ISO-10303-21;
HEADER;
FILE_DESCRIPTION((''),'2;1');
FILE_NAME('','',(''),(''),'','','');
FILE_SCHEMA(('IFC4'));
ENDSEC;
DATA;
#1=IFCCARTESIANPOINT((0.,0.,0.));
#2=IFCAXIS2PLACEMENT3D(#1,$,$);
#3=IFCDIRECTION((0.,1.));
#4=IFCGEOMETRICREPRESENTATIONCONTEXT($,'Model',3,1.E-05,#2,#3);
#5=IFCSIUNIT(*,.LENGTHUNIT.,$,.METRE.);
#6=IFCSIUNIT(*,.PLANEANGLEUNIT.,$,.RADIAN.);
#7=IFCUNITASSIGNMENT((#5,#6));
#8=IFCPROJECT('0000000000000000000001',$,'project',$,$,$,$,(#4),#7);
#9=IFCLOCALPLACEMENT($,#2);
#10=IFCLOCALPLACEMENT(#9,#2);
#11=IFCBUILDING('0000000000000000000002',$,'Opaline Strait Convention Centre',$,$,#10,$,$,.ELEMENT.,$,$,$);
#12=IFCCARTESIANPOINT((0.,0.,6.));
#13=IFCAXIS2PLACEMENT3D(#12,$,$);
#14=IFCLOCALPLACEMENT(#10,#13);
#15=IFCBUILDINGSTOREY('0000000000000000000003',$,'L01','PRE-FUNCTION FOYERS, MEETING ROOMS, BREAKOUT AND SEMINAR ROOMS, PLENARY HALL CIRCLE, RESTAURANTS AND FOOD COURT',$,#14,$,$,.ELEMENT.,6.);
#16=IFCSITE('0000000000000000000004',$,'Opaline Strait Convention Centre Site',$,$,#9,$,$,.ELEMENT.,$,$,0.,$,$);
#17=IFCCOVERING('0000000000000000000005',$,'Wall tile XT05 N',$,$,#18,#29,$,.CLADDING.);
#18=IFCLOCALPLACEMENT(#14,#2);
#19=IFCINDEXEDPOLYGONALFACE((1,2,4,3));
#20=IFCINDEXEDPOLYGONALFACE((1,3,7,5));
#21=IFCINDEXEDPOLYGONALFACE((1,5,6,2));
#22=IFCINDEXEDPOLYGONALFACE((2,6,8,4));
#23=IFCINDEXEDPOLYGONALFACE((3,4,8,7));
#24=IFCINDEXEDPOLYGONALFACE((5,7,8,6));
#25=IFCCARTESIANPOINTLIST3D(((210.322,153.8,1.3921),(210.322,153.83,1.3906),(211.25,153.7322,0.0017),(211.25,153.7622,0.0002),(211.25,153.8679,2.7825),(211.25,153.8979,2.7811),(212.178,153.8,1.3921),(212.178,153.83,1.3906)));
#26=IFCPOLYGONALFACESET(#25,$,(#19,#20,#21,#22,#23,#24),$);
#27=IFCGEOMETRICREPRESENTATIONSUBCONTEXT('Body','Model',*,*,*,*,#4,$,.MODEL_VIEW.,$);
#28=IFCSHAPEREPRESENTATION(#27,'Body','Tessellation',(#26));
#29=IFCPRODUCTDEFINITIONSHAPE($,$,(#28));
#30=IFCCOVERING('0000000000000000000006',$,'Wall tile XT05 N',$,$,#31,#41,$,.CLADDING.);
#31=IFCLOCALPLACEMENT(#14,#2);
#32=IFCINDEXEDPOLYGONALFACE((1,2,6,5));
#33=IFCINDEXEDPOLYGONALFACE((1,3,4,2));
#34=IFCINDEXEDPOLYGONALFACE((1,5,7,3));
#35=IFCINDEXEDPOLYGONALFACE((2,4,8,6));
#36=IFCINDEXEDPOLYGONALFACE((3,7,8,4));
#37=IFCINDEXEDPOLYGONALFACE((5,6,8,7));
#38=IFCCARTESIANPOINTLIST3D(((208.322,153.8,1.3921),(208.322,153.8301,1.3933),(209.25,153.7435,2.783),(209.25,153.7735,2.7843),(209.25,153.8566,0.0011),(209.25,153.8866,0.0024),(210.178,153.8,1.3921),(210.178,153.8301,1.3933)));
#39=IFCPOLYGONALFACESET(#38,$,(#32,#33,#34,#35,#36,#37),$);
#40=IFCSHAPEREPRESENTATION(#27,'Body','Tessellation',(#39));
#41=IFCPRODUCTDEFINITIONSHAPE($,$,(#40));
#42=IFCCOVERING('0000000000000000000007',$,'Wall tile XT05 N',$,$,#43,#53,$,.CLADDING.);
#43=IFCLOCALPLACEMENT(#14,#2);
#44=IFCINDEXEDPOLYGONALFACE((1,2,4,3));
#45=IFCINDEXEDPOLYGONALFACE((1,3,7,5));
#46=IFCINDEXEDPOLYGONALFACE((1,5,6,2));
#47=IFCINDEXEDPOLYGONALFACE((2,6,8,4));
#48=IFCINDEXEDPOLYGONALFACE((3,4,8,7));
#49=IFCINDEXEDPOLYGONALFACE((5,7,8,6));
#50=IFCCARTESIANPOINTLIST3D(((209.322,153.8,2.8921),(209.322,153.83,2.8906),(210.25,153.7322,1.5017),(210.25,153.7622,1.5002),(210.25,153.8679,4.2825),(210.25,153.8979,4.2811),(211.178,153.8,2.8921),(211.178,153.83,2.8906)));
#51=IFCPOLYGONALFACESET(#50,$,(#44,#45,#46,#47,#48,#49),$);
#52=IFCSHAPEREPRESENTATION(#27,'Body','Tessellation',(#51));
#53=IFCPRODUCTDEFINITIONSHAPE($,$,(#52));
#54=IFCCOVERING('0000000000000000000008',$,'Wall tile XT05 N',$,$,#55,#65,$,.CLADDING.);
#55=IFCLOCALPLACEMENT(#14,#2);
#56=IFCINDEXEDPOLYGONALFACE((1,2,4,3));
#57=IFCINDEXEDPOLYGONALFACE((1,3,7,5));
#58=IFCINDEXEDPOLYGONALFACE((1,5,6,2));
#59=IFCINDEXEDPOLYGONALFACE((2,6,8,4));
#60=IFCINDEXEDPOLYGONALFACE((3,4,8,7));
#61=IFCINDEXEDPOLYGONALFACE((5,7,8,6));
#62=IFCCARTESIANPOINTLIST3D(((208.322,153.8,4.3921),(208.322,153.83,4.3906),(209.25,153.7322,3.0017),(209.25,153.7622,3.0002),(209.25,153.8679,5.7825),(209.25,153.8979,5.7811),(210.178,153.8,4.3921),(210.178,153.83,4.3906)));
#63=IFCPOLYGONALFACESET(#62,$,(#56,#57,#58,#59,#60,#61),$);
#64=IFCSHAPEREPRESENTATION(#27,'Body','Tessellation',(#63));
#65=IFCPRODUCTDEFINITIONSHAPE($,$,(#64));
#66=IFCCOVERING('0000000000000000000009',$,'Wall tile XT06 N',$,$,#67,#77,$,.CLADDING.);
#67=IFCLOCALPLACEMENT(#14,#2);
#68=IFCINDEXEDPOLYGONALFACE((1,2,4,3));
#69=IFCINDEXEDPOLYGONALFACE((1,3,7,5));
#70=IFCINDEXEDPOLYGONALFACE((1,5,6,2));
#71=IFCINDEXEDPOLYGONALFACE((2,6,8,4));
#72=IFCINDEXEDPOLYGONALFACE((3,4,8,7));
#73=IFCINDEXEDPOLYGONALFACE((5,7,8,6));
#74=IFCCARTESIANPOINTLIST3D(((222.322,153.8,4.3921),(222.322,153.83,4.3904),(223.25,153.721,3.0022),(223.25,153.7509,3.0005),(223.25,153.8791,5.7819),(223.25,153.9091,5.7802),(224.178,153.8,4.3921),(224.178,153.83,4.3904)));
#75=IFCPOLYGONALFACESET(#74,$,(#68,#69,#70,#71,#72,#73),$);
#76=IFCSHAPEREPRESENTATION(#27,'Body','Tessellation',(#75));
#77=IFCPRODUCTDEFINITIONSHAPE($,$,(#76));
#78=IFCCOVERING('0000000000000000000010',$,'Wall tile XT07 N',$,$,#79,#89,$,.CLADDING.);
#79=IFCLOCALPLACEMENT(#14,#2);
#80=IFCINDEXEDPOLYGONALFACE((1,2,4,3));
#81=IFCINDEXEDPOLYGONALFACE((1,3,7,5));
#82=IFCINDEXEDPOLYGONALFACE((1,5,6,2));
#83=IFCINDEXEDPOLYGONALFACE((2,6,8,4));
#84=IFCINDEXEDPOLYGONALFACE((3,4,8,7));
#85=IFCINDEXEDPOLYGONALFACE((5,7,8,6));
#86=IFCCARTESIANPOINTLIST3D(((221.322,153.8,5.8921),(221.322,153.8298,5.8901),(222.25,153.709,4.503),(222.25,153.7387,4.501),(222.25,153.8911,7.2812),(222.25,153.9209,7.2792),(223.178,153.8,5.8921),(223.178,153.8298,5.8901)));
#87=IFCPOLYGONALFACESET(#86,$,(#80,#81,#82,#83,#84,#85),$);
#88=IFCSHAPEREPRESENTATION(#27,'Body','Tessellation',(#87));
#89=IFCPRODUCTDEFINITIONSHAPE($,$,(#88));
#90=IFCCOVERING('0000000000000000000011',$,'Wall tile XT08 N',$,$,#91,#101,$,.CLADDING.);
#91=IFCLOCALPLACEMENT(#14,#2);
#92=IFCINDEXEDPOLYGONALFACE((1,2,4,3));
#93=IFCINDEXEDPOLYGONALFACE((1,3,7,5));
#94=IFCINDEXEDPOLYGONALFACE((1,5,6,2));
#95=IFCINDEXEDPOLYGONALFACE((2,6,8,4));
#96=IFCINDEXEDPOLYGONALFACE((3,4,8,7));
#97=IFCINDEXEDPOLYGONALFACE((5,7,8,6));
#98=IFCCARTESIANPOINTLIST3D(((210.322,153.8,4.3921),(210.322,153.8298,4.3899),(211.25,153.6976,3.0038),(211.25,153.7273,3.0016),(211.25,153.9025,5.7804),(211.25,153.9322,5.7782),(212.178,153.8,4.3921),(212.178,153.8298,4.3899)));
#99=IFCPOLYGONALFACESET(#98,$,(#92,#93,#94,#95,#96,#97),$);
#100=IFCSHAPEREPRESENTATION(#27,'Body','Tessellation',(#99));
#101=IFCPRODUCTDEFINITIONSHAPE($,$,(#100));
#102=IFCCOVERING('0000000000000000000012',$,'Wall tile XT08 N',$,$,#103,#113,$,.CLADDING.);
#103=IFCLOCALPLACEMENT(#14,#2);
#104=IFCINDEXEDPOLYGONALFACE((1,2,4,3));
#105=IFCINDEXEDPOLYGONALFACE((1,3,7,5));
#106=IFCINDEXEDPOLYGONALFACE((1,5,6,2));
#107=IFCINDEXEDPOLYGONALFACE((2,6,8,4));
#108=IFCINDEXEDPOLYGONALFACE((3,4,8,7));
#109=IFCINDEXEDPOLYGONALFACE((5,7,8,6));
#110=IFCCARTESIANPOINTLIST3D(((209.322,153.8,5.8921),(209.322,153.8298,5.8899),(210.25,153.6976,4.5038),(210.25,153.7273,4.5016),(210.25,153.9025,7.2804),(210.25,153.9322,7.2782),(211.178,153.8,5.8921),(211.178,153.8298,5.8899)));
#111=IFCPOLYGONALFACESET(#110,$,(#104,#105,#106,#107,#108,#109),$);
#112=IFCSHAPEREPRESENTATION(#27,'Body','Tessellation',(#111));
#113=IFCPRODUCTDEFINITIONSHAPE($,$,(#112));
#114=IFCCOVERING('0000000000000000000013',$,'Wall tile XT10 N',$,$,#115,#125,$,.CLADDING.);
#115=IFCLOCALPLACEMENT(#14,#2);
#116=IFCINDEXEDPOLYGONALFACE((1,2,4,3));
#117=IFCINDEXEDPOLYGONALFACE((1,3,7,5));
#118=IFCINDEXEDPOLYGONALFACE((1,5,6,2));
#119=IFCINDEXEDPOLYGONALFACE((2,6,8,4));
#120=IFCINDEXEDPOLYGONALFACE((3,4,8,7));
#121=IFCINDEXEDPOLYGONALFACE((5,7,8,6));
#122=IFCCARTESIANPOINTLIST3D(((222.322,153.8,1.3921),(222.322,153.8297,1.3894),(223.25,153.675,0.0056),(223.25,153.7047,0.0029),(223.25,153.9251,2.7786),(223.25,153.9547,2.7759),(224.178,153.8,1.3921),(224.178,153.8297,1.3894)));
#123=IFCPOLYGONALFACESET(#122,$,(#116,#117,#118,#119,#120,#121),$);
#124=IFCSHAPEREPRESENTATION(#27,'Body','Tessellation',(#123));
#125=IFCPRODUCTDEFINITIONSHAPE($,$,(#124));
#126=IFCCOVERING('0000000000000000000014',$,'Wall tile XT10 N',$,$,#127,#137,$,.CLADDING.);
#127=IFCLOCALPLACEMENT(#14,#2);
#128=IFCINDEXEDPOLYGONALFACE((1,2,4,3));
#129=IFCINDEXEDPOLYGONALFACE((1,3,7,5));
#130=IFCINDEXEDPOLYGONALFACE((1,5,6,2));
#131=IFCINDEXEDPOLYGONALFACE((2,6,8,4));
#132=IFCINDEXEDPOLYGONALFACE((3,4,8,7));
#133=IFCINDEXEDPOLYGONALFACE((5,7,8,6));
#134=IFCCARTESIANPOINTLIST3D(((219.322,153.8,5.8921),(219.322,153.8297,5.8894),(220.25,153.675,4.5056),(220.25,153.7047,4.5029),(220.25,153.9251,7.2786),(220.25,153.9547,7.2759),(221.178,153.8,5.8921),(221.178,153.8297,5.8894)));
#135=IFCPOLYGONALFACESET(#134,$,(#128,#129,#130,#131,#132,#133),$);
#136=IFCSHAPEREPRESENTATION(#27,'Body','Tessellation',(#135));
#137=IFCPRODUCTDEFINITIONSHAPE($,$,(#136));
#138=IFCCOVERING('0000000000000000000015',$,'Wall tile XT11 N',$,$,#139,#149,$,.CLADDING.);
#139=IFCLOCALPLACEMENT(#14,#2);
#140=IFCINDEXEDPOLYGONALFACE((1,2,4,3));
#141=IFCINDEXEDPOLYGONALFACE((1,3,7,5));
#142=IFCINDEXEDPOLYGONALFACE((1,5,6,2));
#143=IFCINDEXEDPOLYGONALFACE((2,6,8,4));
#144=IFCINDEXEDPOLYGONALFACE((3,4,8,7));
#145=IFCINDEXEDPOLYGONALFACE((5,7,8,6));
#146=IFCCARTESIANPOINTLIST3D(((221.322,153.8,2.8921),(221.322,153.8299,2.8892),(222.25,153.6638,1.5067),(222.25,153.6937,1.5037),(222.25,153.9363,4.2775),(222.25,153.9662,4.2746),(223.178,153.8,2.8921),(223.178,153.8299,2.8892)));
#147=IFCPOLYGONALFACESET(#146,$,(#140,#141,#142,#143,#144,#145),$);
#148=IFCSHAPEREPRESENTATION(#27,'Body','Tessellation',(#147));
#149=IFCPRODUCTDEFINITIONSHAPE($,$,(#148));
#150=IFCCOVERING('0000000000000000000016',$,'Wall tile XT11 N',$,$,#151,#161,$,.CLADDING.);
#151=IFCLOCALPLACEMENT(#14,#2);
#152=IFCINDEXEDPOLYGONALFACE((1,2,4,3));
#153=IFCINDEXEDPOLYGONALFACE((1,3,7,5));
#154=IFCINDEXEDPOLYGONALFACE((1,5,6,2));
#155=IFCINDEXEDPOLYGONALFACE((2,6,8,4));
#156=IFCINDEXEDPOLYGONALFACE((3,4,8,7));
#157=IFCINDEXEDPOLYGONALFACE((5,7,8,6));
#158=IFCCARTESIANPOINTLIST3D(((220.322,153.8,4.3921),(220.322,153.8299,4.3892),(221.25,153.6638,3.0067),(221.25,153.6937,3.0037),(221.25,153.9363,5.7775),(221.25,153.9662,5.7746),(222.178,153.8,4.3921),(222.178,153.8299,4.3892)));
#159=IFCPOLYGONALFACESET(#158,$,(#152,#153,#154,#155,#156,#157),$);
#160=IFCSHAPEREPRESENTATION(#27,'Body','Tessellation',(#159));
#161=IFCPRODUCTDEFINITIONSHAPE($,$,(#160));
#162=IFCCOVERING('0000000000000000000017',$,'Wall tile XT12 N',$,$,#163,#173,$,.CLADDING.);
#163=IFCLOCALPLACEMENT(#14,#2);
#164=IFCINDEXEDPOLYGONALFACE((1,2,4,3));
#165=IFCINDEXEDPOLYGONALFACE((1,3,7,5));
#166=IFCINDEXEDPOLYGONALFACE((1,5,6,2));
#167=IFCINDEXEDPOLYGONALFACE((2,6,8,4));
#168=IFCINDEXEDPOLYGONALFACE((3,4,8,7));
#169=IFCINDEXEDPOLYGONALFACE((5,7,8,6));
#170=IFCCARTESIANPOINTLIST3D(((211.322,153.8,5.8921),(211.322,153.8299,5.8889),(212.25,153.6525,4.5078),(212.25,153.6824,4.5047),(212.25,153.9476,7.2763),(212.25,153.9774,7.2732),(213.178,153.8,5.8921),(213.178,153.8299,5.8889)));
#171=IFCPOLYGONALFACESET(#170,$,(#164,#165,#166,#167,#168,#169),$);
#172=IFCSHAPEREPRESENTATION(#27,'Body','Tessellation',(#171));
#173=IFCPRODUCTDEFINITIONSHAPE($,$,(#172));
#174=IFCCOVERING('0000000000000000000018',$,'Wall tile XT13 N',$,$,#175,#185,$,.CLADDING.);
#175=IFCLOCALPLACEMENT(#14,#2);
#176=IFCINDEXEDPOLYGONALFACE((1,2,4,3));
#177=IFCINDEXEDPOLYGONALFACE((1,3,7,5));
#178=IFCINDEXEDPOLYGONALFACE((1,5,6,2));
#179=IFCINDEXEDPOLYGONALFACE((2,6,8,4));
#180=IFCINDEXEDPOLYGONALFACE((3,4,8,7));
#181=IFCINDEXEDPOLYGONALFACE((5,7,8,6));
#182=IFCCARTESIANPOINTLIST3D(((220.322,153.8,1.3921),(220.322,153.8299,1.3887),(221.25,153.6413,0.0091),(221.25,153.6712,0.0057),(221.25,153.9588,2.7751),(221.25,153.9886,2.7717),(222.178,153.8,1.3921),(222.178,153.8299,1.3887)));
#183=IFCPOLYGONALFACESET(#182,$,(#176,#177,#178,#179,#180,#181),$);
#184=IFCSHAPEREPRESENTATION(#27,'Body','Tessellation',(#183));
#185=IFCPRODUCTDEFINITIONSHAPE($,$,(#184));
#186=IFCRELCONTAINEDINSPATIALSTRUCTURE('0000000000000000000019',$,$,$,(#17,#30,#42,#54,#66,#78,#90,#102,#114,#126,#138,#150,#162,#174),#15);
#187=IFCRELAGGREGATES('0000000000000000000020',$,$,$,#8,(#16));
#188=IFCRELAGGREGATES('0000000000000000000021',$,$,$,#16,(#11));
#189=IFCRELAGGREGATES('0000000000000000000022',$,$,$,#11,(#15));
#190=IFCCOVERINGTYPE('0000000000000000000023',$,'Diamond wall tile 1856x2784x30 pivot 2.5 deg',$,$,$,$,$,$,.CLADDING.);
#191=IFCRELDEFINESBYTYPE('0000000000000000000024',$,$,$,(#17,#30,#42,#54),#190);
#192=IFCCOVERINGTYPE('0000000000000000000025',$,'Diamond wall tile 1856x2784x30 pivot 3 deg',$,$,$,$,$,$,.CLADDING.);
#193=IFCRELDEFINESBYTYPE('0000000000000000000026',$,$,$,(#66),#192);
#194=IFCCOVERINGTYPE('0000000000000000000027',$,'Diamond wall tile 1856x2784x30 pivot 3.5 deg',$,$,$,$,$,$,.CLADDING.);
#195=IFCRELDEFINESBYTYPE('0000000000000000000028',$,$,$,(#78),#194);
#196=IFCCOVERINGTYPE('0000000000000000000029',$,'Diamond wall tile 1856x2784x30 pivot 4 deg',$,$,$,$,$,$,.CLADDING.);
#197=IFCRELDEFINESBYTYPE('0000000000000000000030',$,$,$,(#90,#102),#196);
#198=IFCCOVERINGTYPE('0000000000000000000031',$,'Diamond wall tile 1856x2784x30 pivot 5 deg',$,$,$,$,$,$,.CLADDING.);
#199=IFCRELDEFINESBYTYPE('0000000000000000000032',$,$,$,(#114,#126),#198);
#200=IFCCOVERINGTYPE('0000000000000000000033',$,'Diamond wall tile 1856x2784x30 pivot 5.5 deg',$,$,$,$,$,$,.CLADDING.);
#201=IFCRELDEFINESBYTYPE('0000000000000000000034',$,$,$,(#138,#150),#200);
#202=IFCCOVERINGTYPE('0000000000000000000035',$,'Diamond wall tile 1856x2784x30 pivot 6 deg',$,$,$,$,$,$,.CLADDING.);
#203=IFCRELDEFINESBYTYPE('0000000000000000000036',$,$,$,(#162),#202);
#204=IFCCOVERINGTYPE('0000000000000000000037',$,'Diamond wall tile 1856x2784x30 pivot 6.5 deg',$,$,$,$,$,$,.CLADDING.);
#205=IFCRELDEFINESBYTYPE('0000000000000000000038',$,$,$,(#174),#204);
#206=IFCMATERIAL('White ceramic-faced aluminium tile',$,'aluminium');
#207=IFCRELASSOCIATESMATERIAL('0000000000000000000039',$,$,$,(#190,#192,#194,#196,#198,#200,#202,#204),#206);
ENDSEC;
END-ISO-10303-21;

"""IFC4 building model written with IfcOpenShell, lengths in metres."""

from ifc_helpers import new_model, si_unit, direction, frame, origin, place, context, subcontext, project, spatial, polyline, outline, extrude, material, material_profile, profile_set, type_object, element, save


model = new_model("IFC4")

# Units and contexts
model_context = context("Model", 3, precision=1e-05, world=origin(), true_north=direction((0.0, 1.0)))
body_context = subcontext(model_context, "Body", "Model", "MODEL_VIEW")
ifc_project = project(units=[si_unit("LENGTHUNIT", "METRE"), si_unit("PLANEANGLEUNIT", "RADIAN")], contexts=[model_context])

# Site, building, storey
site_placement = place(None, origin())
site = spatial("IfcSite", under=ifc_project, at=site_placement, Name="Opaline Strait Convention Centre Site", CompositionType="ELEMENT", RefElevation=0.0)
building_placement = place(site_placement, origin())
building = spatial("IfcBuilding", under=site, at=building_placement, Name="Opaline Strait Convention Centre", CompositionType="ELEMENT")
storey_placement = place(building_placement, frame((0.0, 0.0, 6.0)))
storey = spatial("IfcBuildingStorey", under=building, at=storey_placement, Name="L01", Description="PRE-FUNCTION FOYERS, MEETING ROOMS, BREAKOUT AND SEMINAR ROOMS, PLENARY HALL CIRCLE, RESTAURANTS AND FOOD COURT", CompositionType="ELEMENT", Elevation=6.0)

# Coverings
ifc_material_1 = material(Name="White ceramic-faced aluminium tile", Category="aluminium")
ifc_material_profile_1 = material_profile(ifc_material_1, outline(polyline([(0.928, 0.0), (0.0, 1.3921), (-0.928, 0.0), (0.0, -1.3921), (0.928, 0.0)])), Name="Diamond tile 1856x2784")
ifc_profile_set_1 = profile_set([ifc_material_profile_1], Name="White ceramic-faced aluminium tile")
covering_type_1 = type_object("IfcCoveringType", Name="Diamond wall tile 1856x2784x30 pivot 2.5 deg", PredefinedType="CLADDING", material=ifc_profile_set_1)
for number, where, z_axis, x_axis, name in (
    (1, (211.25, 153.8, 1.3921), (0.0, 0.998812, -0.048723), (-1.0, 0.0, 0.0), "Wall tile XT05 N"),
    (2, (209.25, 153.8, 1.3921), (0.0, 0.999175, 0.040617), (-1.0, 0.0, 0.0), "Wall tile XT05 N"),
    (3, (210.25, 153.8, 2.8921), (0.0, 0.998812, -0.048723), (-1.0, 0.0, 0.0), "Wall tile XT05 N"),
    (4, (209.25, 153.8, 4.3921), (0.0, 0.998812, -0.048723), (-1.0, 0.0, 0.0), "Wall tile XT05 N"),
):
    element("IfcCovering", number, at=place(storey_placement, frame(where, z_axis=z_axis, x_axis=x_axis)), inside=storey, type_object=covering_type_1, Name=name, PredefinedType="CLADDING", context=body_context, shape_type="SweptSolid", body=[
        extrude(outline(polyline([(0.928, 0.0), (0.0, 1.3921), (-0.928, 0.0), (0.0, -1.3921), (0.928, 0.0)])), origin(), (0.0, 0.0, 1.0), 0.03),
    ])
ifc_material_profile_2 = material_profile(ifc_material_1, outline(polyline([(0.928, 0.0), (0.0, 1.3921), (-0.928, 0.0), (0.0, -1.3921), (0.928, 0.0)])), Name="Diamond tile 1856x2784")
ifc_profile_set_2 = profile_set([ifc_material_profile_2], Name="White ceramic-faced aluminium tile")
covering_type_2 = type_object("IfcCoveringType", Name="Diamond wall tile 1856x2784x30 pivot 3 deg", PredefinedType="CLADDING", material=ifc_profile_set_2)
covering_1_placement = place(storey_placement, frame((223.25, 153.8, 4.3921), z_axis=(0.0, 0.998385, -0.056819), x_axis=(-1.0, 0.0, 0.0)))
element("IfcCovering", 5, at=covering_1_placement, inside=storey, type_object=covering_type_2, Name="Wall tile XT06 N", PredefinedType="CLADDING", context=body_context, shape_type="SweptSolid", body=[
    extrude(outline(polyline([(0.928, 0.0), (0.0, 1.3921), (-0.928, 0.0), (0.0, -1.3921), (0.928, 0.0)])), origin(), (0.0, 0.0, 1.0), 0.03),
])
ifc_material_profile_3 = material_profile(ifc_material_1, outline(polyline([(0.928, 0.0), (0.0, 1.3921), (-0.928, 0.0), (0.0, -1.3921), (0.928, 0.0)])), Name="Diamond tile 1856x2784")
ifc_profile_set_3 = profile_set([ifc_material_profile_3], Name="White ceramic-faced aluminium tile")
covering_type_3 = type_object("IfcCoveringType", Name="Diamond wall tile 1856x2784x30 pivot 3.5 deg", PredefinedType="CLADDING", material=ifc_profile_set_3)
covering_2_placement = place(storey_placement, frame((222.25, 153.8, 5.8921), z_axis=(0.0, 0.997857, -0.065433), x_axis=(-1.0, 0.0, 0.0)))
element("IfcCovering", 6, at=covering_2_placement, inside=storey, type_object=covering_type_3, Name="Wall tile XT07 N", PredefinedType="CLADDING", context=body_context, shape_type="SweptSolid", body=[
    extrude(outline(polyline([(0.928, 0.0), (0.0, 1.3921), (-0.928, 0.0), (0.0, -1.3921), (0.928, 0.0)])), origin(), (0.0, 0.0, 1.0), 0.0298),
])
ifc_material_profile_4 = material_profile(ifc_material_1, outline(polyline([(0.928, 0.0), (0.0, 1.3921), (-0.928, 0.0), (0.0, -1.3921), (0.928, 0.0)])), Name="Diamond tile 1856x2784")
ifc_profile_set_4 = profile_set([ifc_material_profile_4], Name="White ceramic-faced aluminium tile")
covering_type_4 = type_object("IfcCoveringType", Name="Diamond wall tile 1856x2784x30 pivot 4 deg", PredefinedType="CLADDING", material=ifc_profile_set_4)
for number, where, z_axis, x_axis, name in (
    (7, (211.25, 153.8, 4.3921), (0.0, 0.99729, -0.073571), (-1.0, 0.0, 0.0), "Wall tile XT08 N"),
    (8, (210.25, 153.8, 5.8921), (0.0, 0.99729, -0.073571), (-1.0, 0.0, 0.0), "Wall tile XT08 N"),
):
    element("IfcCovering", number, at=place(storey_placement, frame(where, z_axis=z_axis, x_axis=x_axis)), inside=storey, type_object=covering_type_4, Name=name, PredefinedType="CLADDING", context=body_context, shape_type="SweptSolid", body=[
        extrude(outline(polyline([(0.928, 0.0), (0.0, 1.3921), (-0.928, 0.0), (0.0, -1.3921), (0.928, 0.0)])), origin(), (0.0, 0.0, 1.0), 0.0298),
    ])
ifc_material_profile_5 = material_profile(ifc_material_1, outline(polyline([(0.928, 0.0), (0.0, 1.3921), (-0.928, 0.0), (0.0, -1.3921), (0.928, 0.0)])), Name="Diamond tile 1856x2784")
ifc_profile_set_5 = profile_set([ifc_material_profile_5], Name="White ceramic-faced aluminium tile")
covering_type_5 = type_object("IfcCoveringType", Name="Diamond wall tile 1856x2784x30 pivot 5 deg", PredefinedType="CLADDING", material=ifc_profile_set_5)
for number, where, z_axis, x_axis, name in (
    (9, (223.25, 153.8, 1.3921), (0.0, 0.99596, -0.0898), (-1.0, 0.0, 0.0), "Wall tile XT10 N"),
    (10, (220.25, 153.8, 5.8921), (0.0, 0.99596, -0.0898), (-1.0, 0.0, 0.0), "Wall tile XT10 N"),
):
    element("IfcCovering", number, at=place(storey_placement, frame(where, z_axis=z_axis, x_axis=x_axis)), inside=storey, type_object=covering_type_5, Name=name, PredefinedType="CLADDING", context=body_context, shape_type="SweptSolid", body=[
        extrude(outline(polyline([(0.928, 0.0), (0.0, 1.3921), (-0.928, 0.0), (0.0, -1.3921), (0.928, 0.0)])), origin(), (0.0, 0.0, 1.0), 0.0298),
    ])
ifc_material_profile_6 = material_profile(ifc_material_1, outline(polyline([(0.928, 0.0), (0.0, 1.3921), (-0.928, 0.0), (0.0, -1.3921), (0.928, 0.0)])), Name="Diamond tile 1856x2784")
ifc_profile_set_6 = profile_set([ifc_material_profile_6], Name="White ceramic-faced aluminium tile")
covering_type_6 = type_object("IfcCoveringType", Name="Diamond wall tile 1856x2784x30 pivot 5.5 deg", PredefinedType="CLADDING", material=ifc_profile_set_6)
for number, where, z_axis, x_axis, name in (
    (11, (222.25, 153.8, 2.8921), (0.0, 0.995197, -0.097888), (-1.0, 0.0, 0.0), "Wall tile XT11 N"),
    (12, (221.25, 153.8, 4.3921), (0.0, 0.995197, -0.097888), (-1.0, 0.0, 0.0), "Wall tile XT11 N"),
):
    element("IfcCovering", number, at=place(storey_placement, frame(where, z_axis=z_axis, x_axis=x_axis)), inside=storey, type_object=covering_type_6, Name=name, PredefinedType="CLADDING", context=body_context, shape_type="SweptSolid", body=[
        extrude(outline(polyline([(0.928, 0.0), (0.0, 1.3921), (-0.928, 0.0), (0.0, -1.3921), (0.928, 0.0)])), origin(), (0.0, 0.0, 1.0), 0.03),
    ])
ifc_material_profile_7 = material_profile(ifc_material_1, outline(polyline([(0.928, 0.0), (0.0, 1.3921), (-0.928, 0.0), (0.0, -1.3921), (0.928, 0.0)])), Name="Diamond tile 1856x2784")
ifc_profile_set_7 = profile_set([ifc_material_profile_7], Name="White ceramic-faced aluminium tile")
covering_type_7 = type_object("IfcCoveringType", Name="Diamond wall tile 1856x2784x30 pivot 6 deg", PredefinedType="CLADDING", material=ifc_profile_set_7)
covering_3_placement = place(storey_placement, frame((212.25, 153.8, 5.8921), z_axis=(0.0, 0.994371, -0.105958), x_axis=(-1.0, 0.0, 0.0)))
element("IfcCovering", 13, at=covering_3_placement, inside=storey, type_object=covering_type_7, Name="Wall tile XT12 N", PredefinedType="CLADDING", context=body_context, shape_type="SweptSolid", body=[
    extrude(outline(polyline([(0.928, 0.0), (0.0, 1.3921), (-0.928, 0.0), (0.0, -1.3921), (0.928, 0.0)])), origin(), (0.0, 0.0, 1.0), 0.03),
])
ifc_material_profile_8 = material_profile(ifc_material_1, outline(polyline([(0.928, 0.0), (0.0, 1.3921), (-0.928, 0.0), (0.0, -1.3921), (0.928, 0.0)])), Name="Diamond tile 1856x2784")
ifc_profile_set_8 = profile_set([ifc_material_profile_8], Name="White ceramic-faced aluminium tile")
covering_type_8 = type_object("IfcCoveringType", Name="Diamond wall tile 1856x2784x30 pivot 6.5 deg", PredefinedType="CLADDING", material=ifc_profile_set_8)
for number, where, z_axis, x_axis, name in (
    (14, (221.25, 153.8, 1.3921), (0.0, 0.99348, -0.114006), (-1.0, 0.0, 0.0), "Wall tile XT13 N"),
):
    element("IfcCovering", number, at=place(storey_placement, frame(where, z_axis=z_axis, x_axis=x_axis)), inside=storey, type_object=covering_type_8, Name=name, PredefinedType="CLADDING", context=body_context, shape_type="SweptSolid", body=[
        extrude(outline(polyline([(0.928, 0.0), (0.0, 1.3921), (-0.928, 0.0), (0.0, -1.3921), (0.928, 0.0)])), origin(), (0.0, 0.0, 1.0), 0.03),
    ])

save(model, "model.ifc")
